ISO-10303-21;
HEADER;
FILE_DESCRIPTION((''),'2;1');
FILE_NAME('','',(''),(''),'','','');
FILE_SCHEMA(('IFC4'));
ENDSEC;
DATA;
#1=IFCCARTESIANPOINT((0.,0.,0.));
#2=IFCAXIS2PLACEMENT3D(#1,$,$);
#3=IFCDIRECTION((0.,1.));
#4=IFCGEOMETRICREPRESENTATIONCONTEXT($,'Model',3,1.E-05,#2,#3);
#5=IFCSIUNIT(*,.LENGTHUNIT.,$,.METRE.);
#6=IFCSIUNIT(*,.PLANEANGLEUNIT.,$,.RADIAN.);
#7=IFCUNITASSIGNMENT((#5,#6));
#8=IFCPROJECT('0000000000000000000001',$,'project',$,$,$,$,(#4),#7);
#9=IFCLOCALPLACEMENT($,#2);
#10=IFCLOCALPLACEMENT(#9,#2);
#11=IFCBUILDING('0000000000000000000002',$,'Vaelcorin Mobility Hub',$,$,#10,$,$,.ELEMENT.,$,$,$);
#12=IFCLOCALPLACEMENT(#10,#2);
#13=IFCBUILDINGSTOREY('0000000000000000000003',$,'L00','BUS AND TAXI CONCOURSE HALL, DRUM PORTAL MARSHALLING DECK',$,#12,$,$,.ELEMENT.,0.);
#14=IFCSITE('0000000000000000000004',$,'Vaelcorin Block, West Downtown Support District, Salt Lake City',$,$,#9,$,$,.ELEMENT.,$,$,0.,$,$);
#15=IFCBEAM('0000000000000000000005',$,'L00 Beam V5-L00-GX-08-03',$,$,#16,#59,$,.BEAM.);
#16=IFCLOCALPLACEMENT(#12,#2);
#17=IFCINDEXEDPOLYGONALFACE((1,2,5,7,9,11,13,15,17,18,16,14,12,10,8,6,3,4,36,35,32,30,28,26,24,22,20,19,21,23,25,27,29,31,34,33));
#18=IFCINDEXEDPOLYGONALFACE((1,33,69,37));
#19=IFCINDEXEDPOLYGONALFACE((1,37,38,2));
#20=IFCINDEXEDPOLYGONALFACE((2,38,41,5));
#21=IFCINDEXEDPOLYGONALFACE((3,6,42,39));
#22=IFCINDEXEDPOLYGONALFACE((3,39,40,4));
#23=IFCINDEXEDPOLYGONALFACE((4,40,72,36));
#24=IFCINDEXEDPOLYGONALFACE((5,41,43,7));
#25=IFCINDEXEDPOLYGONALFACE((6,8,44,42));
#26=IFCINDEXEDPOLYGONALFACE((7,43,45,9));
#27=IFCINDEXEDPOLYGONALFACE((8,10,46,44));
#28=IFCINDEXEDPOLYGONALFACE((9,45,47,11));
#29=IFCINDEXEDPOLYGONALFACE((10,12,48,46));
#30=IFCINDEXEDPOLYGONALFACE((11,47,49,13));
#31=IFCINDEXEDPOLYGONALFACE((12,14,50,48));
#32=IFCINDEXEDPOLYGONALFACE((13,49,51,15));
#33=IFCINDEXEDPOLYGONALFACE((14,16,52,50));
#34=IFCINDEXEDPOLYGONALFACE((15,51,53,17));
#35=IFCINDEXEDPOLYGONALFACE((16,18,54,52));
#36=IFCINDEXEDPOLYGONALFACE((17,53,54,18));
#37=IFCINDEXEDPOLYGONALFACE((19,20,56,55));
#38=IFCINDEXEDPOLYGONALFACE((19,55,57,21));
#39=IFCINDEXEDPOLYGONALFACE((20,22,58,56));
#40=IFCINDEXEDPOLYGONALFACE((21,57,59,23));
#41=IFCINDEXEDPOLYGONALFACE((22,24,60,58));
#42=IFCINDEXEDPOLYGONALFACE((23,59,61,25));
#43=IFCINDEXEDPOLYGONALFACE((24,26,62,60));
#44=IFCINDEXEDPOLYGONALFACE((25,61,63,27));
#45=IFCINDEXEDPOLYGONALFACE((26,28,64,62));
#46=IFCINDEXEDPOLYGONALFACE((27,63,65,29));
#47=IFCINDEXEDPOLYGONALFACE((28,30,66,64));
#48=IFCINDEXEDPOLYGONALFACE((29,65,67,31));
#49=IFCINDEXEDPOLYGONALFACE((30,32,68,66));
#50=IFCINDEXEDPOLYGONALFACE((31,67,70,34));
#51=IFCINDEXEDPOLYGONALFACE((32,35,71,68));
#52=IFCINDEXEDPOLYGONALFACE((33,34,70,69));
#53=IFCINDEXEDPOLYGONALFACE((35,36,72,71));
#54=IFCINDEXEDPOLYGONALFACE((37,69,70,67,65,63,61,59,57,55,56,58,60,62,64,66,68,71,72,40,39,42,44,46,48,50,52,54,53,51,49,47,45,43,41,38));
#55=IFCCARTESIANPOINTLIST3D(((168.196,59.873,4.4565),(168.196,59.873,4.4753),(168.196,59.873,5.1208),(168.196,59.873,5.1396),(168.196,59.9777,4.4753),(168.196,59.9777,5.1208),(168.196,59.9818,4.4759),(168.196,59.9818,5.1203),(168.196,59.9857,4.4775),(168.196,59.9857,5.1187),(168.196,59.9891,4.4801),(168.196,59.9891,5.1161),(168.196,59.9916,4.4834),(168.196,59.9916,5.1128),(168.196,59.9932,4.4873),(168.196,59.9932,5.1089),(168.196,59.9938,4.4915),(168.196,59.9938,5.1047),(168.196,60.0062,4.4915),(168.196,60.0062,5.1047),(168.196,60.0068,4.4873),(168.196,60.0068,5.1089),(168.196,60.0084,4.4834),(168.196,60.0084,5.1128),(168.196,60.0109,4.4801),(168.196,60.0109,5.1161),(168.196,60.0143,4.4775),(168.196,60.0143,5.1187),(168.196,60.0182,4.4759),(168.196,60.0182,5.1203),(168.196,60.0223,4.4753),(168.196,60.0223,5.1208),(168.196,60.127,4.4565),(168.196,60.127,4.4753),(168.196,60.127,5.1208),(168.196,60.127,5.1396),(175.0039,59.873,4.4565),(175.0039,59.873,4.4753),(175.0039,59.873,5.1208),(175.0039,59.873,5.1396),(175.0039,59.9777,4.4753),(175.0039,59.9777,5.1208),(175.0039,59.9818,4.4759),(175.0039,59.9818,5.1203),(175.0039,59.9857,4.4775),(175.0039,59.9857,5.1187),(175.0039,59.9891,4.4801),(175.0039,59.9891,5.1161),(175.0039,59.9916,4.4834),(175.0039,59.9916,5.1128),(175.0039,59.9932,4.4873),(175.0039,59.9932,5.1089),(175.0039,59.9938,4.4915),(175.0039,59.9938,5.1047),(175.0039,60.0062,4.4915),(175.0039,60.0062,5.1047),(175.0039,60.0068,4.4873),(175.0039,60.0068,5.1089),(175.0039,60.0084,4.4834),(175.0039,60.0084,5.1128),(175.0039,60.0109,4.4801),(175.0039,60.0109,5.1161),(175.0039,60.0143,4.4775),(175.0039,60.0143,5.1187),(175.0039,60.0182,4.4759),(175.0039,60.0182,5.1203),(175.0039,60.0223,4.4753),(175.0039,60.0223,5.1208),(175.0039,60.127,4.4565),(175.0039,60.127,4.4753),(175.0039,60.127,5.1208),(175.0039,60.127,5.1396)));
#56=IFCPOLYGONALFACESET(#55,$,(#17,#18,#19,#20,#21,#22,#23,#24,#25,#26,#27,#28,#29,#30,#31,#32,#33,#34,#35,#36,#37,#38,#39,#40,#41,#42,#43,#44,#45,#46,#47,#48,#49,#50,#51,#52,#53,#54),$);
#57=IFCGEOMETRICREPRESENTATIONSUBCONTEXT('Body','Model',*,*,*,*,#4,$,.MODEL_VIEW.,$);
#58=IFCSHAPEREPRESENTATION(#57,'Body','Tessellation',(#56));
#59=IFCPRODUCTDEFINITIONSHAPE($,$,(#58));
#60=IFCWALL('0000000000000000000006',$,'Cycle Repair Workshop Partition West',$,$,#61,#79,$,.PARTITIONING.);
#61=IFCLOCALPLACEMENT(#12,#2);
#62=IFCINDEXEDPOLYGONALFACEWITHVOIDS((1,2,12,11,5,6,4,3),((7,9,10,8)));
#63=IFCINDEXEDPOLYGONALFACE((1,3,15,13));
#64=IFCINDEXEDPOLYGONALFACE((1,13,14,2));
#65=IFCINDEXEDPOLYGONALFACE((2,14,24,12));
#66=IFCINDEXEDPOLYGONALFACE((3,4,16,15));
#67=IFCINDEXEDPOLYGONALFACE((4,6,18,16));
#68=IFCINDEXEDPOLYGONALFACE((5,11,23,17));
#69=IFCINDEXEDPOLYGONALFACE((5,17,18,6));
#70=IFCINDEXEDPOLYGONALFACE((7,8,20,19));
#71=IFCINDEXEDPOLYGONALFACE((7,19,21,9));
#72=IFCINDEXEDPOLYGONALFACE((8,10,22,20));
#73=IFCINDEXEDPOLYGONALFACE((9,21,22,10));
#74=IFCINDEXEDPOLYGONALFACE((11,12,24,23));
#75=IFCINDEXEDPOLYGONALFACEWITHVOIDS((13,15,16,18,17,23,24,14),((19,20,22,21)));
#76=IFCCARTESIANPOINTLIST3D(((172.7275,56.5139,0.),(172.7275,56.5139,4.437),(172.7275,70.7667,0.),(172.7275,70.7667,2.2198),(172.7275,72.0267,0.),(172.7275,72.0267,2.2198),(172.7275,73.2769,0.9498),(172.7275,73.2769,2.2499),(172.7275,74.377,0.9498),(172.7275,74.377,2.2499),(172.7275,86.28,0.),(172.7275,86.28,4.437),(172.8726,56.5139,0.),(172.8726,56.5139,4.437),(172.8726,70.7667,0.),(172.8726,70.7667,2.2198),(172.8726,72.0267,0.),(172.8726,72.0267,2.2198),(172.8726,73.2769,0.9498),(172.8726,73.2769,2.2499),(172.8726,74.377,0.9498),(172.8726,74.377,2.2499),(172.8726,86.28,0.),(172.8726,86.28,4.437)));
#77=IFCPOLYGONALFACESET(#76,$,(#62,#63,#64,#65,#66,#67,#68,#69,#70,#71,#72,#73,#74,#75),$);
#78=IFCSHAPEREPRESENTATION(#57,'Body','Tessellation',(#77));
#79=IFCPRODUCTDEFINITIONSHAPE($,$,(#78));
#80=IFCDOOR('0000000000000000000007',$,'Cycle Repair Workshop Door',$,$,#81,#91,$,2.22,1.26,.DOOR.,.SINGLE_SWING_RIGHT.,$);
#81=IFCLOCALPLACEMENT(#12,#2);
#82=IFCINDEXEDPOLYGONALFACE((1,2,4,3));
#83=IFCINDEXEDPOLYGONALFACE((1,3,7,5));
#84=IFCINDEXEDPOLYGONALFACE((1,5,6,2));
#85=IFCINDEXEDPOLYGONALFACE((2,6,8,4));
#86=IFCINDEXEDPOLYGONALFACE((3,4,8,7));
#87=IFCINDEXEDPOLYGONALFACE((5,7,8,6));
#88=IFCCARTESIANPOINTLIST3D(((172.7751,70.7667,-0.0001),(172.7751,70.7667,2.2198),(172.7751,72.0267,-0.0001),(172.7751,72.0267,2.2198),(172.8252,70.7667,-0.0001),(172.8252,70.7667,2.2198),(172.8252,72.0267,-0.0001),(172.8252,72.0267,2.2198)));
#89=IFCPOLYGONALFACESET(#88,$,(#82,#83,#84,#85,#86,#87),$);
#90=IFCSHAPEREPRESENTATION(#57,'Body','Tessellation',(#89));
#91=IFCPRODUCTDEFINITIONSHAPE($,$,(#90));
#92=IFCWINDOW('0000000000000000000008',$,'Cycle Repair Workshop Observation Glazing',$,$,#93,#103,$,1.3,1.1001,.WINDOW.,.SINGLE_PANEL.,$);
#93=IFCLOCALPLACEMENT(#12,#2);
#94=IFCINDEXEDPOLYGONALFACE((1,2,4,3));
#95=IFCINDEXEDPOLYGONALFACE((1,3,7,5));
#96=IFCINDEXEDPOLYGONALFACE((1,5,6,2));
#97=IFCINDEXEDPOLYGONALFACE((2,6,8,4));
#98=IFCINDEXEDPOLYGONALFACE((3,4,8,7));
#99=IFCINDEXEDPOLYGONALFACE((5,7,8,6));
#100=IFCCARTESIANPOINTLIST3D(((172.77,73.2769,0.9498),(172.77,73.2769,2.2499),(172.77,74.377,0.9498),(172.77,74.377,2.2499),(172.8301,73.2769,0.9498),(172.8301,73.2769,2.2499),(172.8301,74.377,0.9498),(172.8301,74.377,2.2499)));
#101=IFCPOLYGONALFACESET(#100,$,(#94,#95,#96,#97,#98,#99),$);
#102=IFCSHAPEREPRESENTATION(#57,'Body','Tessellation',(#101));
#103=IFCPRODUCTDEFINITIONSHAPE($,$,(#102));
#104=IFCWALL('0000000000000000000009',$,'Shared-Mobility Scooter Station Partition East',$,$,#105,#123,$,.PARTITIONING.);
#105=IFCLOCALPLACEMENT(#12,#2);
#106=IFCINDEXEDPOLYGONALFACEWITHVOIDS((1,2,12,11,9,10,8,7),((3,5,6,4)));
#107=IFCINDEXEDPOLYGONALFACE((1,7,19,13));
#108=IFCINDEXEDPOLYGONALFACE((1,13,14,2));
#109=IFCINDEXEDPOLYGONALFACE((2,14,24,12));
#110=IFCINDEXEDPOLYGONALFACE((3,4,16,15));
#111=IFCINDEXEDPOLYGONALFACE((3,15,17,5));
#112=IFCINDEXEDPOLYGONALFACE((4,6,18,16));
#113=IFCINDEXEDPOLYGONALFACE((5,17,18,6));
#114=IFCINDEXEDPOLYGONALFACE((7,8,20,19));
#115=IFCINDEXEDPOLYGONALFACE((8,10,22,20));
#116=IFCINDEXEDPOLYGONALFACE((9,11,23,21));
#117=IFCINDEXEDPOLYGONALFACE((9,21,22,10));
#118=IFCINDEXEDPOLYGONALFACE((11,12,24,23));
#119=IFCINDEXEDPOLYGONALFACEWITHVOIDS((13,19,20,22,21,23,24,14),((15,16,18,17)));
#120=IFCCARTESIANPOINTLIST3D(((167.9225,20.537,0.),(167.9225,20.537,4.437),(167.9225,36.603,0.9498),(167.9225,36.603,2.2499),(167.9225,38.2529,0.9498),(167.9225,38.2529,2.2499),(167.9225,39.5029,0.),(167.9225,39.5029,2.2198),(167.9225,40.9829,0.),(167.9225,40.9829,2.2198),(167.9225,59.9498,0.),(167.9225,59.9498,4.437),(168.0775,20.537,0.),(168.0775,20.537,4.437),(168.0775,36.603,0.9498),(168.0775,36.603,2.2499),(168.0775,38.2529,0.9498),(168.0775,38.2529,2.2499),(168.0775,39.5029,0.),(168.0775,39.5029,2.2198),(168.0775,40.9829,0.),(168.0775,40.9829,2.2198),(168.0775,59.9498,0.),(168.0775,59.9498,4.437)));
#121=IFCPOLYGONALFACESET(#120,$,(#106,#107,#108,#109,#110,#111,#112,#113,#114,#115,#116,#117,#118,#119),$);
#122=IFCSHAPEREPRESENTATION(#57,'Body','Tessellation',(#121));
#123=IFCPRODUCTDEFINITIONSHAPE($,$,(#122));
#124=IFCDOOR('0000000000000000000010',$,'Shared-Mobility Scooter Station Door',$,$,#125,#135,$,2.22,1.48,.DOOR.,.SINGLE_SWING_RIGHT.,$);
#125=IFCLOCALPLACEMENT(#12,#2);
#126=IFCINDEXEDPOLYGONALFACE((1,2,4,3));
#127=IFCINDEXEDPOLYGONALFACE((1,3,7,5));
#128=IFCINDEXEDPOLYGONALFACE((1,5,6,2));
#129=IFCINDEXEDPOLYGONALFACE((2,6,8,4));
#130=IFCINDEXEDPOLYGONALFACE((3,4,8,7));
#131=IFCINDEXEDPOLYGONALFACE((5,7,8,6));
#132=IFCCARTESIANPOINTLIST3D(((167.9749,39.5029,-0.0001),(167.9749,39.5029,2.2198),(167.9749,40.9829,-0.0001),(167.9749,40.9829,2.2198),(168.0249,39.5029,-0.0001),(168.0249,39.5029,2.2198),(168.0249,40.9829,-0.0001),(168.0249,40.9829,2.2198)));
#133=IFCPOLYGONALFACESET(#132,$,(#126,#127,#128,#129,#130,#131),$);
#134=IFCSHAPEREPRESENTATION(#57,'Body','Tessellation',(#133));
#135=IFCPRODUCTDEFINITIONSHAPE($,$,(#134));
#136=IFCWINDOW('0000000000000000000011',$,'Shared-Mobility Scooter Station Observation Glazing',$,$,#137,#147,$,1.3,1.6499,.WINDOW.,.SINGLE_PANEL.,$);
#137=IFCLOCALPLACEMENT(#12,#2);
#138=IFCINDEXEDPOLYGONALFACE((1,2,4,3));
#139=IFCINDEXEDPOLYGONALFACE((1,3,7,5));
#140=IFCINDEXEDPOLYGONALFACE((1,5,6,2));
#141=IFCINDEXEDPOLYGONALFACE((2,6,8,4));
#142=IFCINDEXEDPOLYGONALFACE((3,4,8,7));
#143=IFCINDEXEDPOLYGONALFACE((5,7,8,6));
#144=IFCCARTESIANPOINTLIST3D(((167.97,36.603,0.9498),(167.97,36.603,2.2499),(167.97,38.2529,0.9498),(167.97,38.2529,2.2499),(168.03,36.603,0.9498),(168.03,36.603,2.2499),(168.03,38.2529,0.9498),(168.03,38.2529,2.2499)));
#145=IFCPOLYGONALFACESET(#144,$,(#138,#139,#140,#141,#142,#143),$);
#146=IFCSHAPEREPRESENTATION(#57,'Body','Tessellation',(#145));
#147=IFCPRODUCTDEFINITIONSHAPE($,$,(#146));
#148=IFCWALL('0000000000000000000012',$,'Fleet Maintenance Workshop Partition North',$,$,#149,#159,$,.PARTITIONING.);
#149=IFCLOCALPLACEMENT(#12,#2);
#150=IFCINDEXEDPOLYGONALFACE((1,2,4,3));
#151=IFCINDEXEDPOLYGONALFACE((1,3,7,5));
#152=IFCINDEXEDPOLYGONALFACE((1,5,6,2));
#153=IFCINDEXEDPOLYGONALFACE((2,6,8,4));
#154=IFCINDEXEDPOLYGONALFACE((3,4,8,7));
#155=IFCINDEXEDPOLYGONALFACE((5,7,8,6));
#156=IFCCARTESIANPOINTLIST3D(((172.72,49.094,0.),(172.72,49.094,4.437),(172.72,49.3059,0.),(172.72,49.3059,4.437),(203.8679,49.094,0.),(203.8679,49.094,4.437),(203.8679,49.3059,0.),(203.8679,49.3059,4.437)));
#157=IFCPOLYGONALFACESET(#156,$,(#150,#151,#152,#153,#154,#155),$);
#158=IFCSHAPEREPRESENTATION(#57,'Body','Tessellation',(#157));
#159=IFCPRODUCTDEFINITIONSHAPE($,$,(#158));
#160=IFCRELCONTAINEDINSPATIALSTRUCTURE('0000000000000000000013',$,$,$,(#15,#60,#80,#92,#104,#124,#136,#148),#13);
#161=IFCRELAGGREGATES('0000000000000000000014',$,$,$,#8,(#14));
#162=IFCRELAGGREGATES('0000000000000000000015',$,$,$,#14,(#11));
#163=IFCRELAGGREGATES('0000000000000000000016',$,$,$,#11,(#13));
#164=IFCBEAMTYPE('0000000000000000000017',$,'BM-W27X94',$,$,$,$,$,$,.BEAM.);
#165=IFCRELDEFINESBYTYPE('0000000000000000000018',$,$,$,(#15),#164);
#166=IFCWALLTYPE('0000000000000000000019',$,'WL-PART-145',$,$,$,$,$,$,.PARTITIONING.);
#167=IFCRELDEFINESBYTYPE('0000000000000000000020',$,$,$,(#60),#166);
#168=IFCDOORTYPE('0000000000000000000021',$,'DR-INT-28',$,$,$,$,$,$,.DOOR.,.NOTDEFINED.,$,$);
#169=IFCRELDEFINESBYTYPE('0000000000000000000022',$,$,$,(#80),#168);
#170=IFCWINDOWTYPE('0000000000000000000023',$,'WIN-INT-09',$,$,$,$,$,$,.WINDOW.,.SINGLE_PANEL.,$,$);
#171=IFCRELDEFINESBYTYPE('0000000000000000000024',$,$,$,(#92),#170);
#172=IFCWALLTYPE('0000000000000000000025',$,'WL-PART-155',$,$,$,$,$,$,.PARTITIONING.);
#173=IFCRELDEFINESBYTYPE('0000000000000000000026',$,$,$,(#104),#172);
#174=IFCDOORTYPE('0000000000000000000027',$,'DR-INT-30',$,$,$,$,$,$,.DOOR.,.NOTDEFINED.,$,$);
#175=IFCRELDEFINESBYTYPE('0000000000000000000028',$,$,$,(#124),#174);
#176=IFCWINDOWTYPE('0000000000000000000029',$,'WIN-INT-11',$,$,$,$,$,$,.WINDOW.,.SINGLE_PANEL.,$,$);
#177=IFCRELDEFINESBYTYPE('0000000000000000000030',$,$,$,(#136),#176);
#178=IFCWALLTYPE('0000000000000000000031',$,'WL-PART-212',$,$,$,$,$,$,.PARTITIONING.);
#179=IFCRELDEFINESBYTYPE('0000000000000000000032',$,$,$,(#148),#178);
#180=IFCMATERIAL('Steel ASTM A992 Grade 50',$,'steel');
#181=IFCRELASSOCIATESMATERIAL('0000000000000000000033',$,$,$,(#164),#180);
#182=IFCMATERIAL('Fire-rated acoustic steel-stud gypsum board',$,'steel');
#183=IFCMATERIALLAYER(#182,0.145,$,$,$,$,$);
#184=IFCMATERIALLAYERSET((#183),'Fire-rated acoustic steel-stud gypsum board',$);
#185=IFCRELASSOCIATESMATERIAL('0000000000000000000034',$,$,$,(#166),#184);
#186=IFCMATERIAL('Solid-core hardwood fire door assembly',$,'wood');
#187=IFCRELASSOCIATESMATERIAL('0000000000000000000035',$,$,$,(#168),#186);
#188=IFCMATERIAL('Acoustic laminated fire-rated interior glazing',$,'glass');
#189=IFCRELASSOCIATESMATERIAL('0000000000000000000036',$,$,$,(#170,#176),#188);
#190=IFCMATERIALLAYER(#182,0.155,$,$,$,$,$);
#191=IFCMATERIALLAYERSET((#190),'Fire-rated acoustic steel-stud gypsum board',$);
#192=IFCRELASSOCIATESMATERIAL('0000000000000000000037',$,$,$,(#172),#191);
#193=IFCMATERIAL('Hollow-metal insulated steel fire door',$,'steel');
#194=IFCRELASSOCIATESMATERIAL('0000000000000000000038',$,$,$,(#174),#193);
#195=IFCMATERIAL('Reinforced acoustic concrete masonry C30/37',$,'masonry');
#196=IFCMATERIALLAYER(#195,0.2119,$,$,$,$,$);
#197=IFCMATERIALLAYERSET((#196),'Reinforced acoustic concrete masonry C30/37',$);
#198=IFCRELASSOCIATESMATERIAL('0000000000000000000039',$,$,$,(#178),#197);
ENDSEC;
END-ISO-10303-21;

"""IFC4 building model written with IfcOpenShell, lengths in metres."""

from ifc_helpers import new_model, si_unit, direction, frame, frame_2d, origin, origin_2d, place, context, subcontext, project, spatial, rectangle, i_section, extrude, material, layer, layer_set, material_profile, profile_set, type_object, element, fill, save


model = new_model("IFC4")

# Units and contexts
model_context = context("Model", 3, precision=1e-05, world=origin(), true_north=direction((0.0, 1.0)))
body_context = subcontext(model_context, "Body", "Model", "MODEL_VIEW")
ifc_project = project(units=[si_unit("LENGTHUNIT", "METRE"), si_unit("PLANEANGLEUNIT", "RADIAN")], contexts=[model_context])

# Site, building, storey
site_placement = place(None, origin())
site = spatial("IfcSite", under=ifc_project, at=site_placement, Name="Vaelcorin Block, West Downtown Support District, Salt Lake City", CompositionType="ELEMENT", RefElevation=0.0)
building_placement = place(site_placement, origin())
building = spatial("IfcBuilding", under=site, at=building_placement, Name="Vaelcorin Mobility Hub", CompositionType="ELEMENT")
storey_placement = place(building_placement, origin())
storey = spatial("IfcBuildingStorey", under=building, at=storey_placement, Name="L00", Description="BUS AND TAXI CONCOURSE HALL, DRUM PORTAL MARSHALLING DECK", CompositionType="ELEMENT", Elevation=0.0)

# Shared definitions
ifc_material_1 = material(Name="Steel ASTM A992 Grade 50", Category="steel")

# Beam
ifc_material_profile_1 = material_profile(ifc_material_1, i_section(OverallWidth=0.2539, OverallDepth=0.6831, WebThickness=0.0125, FlangeThickness=0.0188, FilletRadius=0.0161, at=origin_2d()), Name="W27X94")
ifc_profile_set_1 = profile_set([ifc_material_profile_1], Name="Steel ASTM A992 Grade 50")
beam_type_1 = type_object("IfcBeamType", Name="BM-W27X94", PredefinedType="BEAM", material=ifc_profile_set_1)
for number, where, z_axis, x_axis, name in (
    (1, (168.196, 60.0, 4.7981), (1.0, 0.0, 0.0), (0.0, 1.0, 0.0), "L00 Beam V5-L00-GX-08-03"),
):
    element("IfcBeam", number, at=place(storey_placement, frame(where, z_axis=z_axis, x_axis=x_axis)), inside=storey, type_object=beam_type_1, Name=name, PredefinedType="BEAM", context=body_context, shape_type="SweptSolid", body=[
        extrude(i_section(OverallWidth=0.2539, OverallDepth=0.6831, WebThickness=0.0125, FlangeThickness=0.0188, FilletRadius=0.0161, at=origin_2d()), origin(), (0.0, 0.0, 1.0), 6.8079),
    ])

# Walls, openings, doors, windows
ifc_material_2 = material(Name="Fire-rated acoustic steel-stud gypsum board", Category="steel")
ifc_layer_1 = layer(ifc_material_2, 0.145)
ifc_layer_set_1 = layer_set([ifc_layer_1], Name="Fire-rated acoustic steel-stud gypsum board")
wall_type_1 = type_object("IfcWallType", Name="WL-PART-145", PredefinedType="PARTITIONING", material=ifc_layer_set_1)
wall_1_placement = place(storey_placement, frame((172.8, 56.5139, 0.0), z_axis=(0.0, 0.0, 1.0), x_axis=(0.0, 1.0, 0.0)))
wall_1 = element("IfcWall", 2, at=wall_1_placement, inside=storey, type_object=wall_type_1, Name="Cycle Repair Workshop Partition West", PredefinedType="PARTITIONING", context=body_context, shape_type="SweptSolid", body=[
    extrude(rectangle(XDim=29.7661, YDim=0.145, at=frame_2d((14.8831, 0.0))), origin(), (0.0, 0.0, 1.0), 4.437),
])
opening_1_placement = place(wall_1_placement, frame((14.2529, 0.0, 0.0)))
opening_1 = element("IfcOpeningElement", 3, at=opening_1_placement, cuts=wall_1, PredefinedType="OPENING", context=body_context, shape_type="SweptSolid", body=[
    extrude(rectangle(XDim=1.26, YDim=2.22, at=frame_2d((0.6299, 1.1099))), frame((0.0, 0.0825, 0.0), z_axis=(0.0, -1.0, 0.0), x_axis=(1.0, 0.0, 0.0)), (0.0, 0.0, 1.0), 0.165),
])
opening_2_placement = place(wall_1_placement, frame((16.7629, 0.0, 0.95)))
opening_2 = element("IfcOpeningElement", 4, at=opening_2_placement, cuts=wall_1, PredefinedType="OPENING", context=body_context, shape_type="SweptSolid", body=[
    extrude(rectangle(XDim=1.1001, YDim=1.3, at=frame_2d((0.55, 0.6499))), frame((0.0, 0.0825, 0.0), z_axis=(0.0, -1.0, 0.0), x_axis=(1.0, 0.0, 0.0)), (0.0, 0.0, 1.0), 0.165),
])
ifc_material_3 = material(Name="Solid-core hardwood fire door assembly", Category="wood")
door_type_1 = type_object("IfcDoorType", Name="DR-INT-28", OperationType="NOTDEFINED", PredefinedType="DOOR", material=ifc_material_3)
door_1_placement = place(opening_1_placement, origin())
door_1 = element("IfcDoor", 5, at=door_1_placement, inside=storey, type_object=door_type_1, Name="Cycle Repair Workshop Door", OperationType="SINGLE_SWING_RIGHT", OverallHeight=2.22, OverallWidth=1.26, PredefinedType="DOOR", context=body_context, shape_type="SweptSolid", body=[
    extrude(rectangle(XDim=1.26, YDim=2.22, at=frame_2d((0.6299, 1.1099))), frame((0.0, 0.0249, 0.0), z_axis=(0.0, -1.0, 0.0), x_axis=(1.0, 0.0, 0.0)), (0.0, 0.0, 1.0), 0.05),
])
fill(opening_1, door_1)
ifc_material_4 = material(Name="Acoustic laminated fire-rated interior glazing", Category="glass")
window_type_1 = type_object("IfcWindowType", Name="WIN-INT-09", PartitioningType="SINGLE_PANEL", PredefinedType="WINDOW", material=ifc_material_4)
window_1_placement = place(opening_2_placement, origin())
window_1 = element("IfcWindow", 6, at=window_1_placement, inside=storey, type_object=window_type_1, Name="Cycle Repair Workshop Observation Glazing", OverallHeight=1.3, OverallWidth=1.1001, PartitioningType="SINGLE_PANEL", PredefinedType="WINDOW", context=body_context, shape_type="SweptSolid", body=[
    extrude(rectangle(XDim=1.1001, YDim=1.3, at=frame_2d((0.55, 0.6499))), frame((0.0, 0.03, 0.0), z_axis=(0.0, -1.0, 0.0), x_axis=(1.0, 0.0, 0.0)), (0.0, 0.0, 1.0), 0.0601),
])
fill(opening_2, window_1)
ifc_layer_2 = layer(ifc_material_2, 0.155)
ifc_layer_set_2 = layer_set([ifc_layer_2], Name="Fire-rated acoustic steel-stud gypsum board")
wall_type_2 = type_object("IfcWallType", Name="WL-PART-155", PredefinedType="PARTITIONING", material=ifc_layer_set_2)
wall_2_placement = place(storey_placement, frame((168.0, 59.95, 0.0), z_axis=(0.0, 0.0, 1.0), x_axis=(0.0, -1.0, 0.0)))
wall_2 = element("IfcWall", 7, at=wall_2_placement, inside=storey, type_object=wall_type_2, Name="Shared-Mobility Scooter Station Partition East", PredefinedType="PARTITIONING", context=body_context, shape_type="SweptSolid", body=[
    extrude(rectangle(XDim=39.4128, YDim=0.155, at=frame_2d((19.7065, 0.0))), origin(), (0.0, 0.0, 1.0), 4.437),
])
opening_3_placement = place(wall_2_placement, frame((18.967, 0.0, 0.0)))
opening_3 = element("IfcOpeningElement", 8, at=opening_3_placement, cuts=wall_2, PredefinedType="OPENING", context=body_context, shape_type="SweptSolid", body=[
    extrude(rectangle(XDim=1.48, YDim=2.22, at=frame_2d((0.74, 1.1099))), frame((0.0, 0.0874, 0.0), z_axis=(0.0, -1.0, 0.0), x_axis=(1.0, 0.0, 0.0)), (0.0, 0.0, 1.0), 0.175),
])
opening_4_placement = place(wall_2_placement, frame((21.697, 0.0, 0.95)))
opening_4 = element("IfcOpeningElement", 9, at=opening_4_placement, cuts=wall_2, PredefinedType="OPENING", context=body_context, shape_type="SweptSolid", body=[
    extrude(rectangle(XDim=1.6499, YDim=1.3, at=frame_2d((0.825, 0.6499))), frame((0.0, 0.0874, 0.0), z_axis=(0.0, -1.0, 0.0), x_axis=(1.0, 0.0, 0.0)), (0.0, 0.0, 1.0), 0.175),
])
ifc_material_5 = material(Name="Hollow-metal insulated steel fire door", Category="steel")
door_type_2 = type_object("IfcDoorType", Name="DR-INT-30", OperationType="NOTDEFINED", PredefinedType="DOOR", material=ifc_material_5)
door_2_placement = place(opening_3_placement, origin())
door_2 = element("IfcDoor", 10, at=door_2_placement, inside=storey, type_object=door_type_2, Name="Shared-Mobility Scooter Station Door", OperationType="SINGLE_SWING_RIGHT", OverallHeight=2.22, OverallWidth=1.48, PredefinedType="DOOR", context=body_context, shape_type="SweptSolid", body=[
    extrude(rectangle(XDim=1.48, YDim=2.22, at=frame_2d((0.74, 1.1099))), frame((0.0, 0.0249, 0.0), z_axis=(0.0, -1.0, 0.0), x_axis=(1.0, 0.0, 0.0)), (0.0, 0.0, 1.0), 0.05),
])
fill(opening_3, door_2)
window_type_2 = type_object("IfcWindowType", Name="WIN-INT-11", PartitioningType="SINGLE_PANEL", PredefinedType="WINDOW", material=ifc_material_4)
window_2_placement = place(opening_4_placement, origin())
window_2 = element("IfcWindow", 11, at=window_2_placement, inside=storey, type_object=window_type_2, Name="Shared-Mobility Scooter Station Observation Glazing", OverallHeight=1.3, OverallWidth=1.6499, PartitioningType="SINGLE_PANEL", PredefinedType="WINDOW", context=body_context, shape_type="SweptSolid", body=[
    extrude(rectangle(XDim=1.6499, YDim=1.3, at=frame_2d((0.825, 0.6499))), frame((0.0, 0.03, 0.0), z_axis=(0.0, -1.0, 0.0), x_axis=(1.0, 0.0, 0.0)), (0.0, 0.0, 1.0), 0.0601),
])
fill(opening_4, window_2)

# Wall
ifc_material_6 = material(Name="Reinforced acoustic concrete masonry C30/37", Category="masonry")
ifc_layer_3 = layer(ifc_material_6, 0.2119)
ifc_layer_set_3 = layer_set([ifc_layer_3], Name="Reinforced acoustic concrete masonry C30/37")
wall_type_3 = type_object("IfcWallType", Name="WL-PART-212", PredefinedType="PARTITIONING", material=ifc_layer_set_3)
wall_3_placement = place(storey_placement, frame((172.72, 49.2, 0.0), z_axis=(0.0, 0.0, 1.0), x_axis=(1.0, 0.0, 0.0)))
element("IfcWall", 12, at=wall_3_placement, inside=storey, type_object=wall_type_3, Name="Fleet Maintenance Workshop Partition North", PredefinedType="PARTITIONING", context=body_context, shape_type="SweptSolid", body=[
    extrude(rectangle(XDim=31.1479, YDim=0.2119, at=frame_2d((15.574, 0.0))), origin(), (0.0, 0.0, 1.0), 4.437),
])

save(model, "model.ifc")
